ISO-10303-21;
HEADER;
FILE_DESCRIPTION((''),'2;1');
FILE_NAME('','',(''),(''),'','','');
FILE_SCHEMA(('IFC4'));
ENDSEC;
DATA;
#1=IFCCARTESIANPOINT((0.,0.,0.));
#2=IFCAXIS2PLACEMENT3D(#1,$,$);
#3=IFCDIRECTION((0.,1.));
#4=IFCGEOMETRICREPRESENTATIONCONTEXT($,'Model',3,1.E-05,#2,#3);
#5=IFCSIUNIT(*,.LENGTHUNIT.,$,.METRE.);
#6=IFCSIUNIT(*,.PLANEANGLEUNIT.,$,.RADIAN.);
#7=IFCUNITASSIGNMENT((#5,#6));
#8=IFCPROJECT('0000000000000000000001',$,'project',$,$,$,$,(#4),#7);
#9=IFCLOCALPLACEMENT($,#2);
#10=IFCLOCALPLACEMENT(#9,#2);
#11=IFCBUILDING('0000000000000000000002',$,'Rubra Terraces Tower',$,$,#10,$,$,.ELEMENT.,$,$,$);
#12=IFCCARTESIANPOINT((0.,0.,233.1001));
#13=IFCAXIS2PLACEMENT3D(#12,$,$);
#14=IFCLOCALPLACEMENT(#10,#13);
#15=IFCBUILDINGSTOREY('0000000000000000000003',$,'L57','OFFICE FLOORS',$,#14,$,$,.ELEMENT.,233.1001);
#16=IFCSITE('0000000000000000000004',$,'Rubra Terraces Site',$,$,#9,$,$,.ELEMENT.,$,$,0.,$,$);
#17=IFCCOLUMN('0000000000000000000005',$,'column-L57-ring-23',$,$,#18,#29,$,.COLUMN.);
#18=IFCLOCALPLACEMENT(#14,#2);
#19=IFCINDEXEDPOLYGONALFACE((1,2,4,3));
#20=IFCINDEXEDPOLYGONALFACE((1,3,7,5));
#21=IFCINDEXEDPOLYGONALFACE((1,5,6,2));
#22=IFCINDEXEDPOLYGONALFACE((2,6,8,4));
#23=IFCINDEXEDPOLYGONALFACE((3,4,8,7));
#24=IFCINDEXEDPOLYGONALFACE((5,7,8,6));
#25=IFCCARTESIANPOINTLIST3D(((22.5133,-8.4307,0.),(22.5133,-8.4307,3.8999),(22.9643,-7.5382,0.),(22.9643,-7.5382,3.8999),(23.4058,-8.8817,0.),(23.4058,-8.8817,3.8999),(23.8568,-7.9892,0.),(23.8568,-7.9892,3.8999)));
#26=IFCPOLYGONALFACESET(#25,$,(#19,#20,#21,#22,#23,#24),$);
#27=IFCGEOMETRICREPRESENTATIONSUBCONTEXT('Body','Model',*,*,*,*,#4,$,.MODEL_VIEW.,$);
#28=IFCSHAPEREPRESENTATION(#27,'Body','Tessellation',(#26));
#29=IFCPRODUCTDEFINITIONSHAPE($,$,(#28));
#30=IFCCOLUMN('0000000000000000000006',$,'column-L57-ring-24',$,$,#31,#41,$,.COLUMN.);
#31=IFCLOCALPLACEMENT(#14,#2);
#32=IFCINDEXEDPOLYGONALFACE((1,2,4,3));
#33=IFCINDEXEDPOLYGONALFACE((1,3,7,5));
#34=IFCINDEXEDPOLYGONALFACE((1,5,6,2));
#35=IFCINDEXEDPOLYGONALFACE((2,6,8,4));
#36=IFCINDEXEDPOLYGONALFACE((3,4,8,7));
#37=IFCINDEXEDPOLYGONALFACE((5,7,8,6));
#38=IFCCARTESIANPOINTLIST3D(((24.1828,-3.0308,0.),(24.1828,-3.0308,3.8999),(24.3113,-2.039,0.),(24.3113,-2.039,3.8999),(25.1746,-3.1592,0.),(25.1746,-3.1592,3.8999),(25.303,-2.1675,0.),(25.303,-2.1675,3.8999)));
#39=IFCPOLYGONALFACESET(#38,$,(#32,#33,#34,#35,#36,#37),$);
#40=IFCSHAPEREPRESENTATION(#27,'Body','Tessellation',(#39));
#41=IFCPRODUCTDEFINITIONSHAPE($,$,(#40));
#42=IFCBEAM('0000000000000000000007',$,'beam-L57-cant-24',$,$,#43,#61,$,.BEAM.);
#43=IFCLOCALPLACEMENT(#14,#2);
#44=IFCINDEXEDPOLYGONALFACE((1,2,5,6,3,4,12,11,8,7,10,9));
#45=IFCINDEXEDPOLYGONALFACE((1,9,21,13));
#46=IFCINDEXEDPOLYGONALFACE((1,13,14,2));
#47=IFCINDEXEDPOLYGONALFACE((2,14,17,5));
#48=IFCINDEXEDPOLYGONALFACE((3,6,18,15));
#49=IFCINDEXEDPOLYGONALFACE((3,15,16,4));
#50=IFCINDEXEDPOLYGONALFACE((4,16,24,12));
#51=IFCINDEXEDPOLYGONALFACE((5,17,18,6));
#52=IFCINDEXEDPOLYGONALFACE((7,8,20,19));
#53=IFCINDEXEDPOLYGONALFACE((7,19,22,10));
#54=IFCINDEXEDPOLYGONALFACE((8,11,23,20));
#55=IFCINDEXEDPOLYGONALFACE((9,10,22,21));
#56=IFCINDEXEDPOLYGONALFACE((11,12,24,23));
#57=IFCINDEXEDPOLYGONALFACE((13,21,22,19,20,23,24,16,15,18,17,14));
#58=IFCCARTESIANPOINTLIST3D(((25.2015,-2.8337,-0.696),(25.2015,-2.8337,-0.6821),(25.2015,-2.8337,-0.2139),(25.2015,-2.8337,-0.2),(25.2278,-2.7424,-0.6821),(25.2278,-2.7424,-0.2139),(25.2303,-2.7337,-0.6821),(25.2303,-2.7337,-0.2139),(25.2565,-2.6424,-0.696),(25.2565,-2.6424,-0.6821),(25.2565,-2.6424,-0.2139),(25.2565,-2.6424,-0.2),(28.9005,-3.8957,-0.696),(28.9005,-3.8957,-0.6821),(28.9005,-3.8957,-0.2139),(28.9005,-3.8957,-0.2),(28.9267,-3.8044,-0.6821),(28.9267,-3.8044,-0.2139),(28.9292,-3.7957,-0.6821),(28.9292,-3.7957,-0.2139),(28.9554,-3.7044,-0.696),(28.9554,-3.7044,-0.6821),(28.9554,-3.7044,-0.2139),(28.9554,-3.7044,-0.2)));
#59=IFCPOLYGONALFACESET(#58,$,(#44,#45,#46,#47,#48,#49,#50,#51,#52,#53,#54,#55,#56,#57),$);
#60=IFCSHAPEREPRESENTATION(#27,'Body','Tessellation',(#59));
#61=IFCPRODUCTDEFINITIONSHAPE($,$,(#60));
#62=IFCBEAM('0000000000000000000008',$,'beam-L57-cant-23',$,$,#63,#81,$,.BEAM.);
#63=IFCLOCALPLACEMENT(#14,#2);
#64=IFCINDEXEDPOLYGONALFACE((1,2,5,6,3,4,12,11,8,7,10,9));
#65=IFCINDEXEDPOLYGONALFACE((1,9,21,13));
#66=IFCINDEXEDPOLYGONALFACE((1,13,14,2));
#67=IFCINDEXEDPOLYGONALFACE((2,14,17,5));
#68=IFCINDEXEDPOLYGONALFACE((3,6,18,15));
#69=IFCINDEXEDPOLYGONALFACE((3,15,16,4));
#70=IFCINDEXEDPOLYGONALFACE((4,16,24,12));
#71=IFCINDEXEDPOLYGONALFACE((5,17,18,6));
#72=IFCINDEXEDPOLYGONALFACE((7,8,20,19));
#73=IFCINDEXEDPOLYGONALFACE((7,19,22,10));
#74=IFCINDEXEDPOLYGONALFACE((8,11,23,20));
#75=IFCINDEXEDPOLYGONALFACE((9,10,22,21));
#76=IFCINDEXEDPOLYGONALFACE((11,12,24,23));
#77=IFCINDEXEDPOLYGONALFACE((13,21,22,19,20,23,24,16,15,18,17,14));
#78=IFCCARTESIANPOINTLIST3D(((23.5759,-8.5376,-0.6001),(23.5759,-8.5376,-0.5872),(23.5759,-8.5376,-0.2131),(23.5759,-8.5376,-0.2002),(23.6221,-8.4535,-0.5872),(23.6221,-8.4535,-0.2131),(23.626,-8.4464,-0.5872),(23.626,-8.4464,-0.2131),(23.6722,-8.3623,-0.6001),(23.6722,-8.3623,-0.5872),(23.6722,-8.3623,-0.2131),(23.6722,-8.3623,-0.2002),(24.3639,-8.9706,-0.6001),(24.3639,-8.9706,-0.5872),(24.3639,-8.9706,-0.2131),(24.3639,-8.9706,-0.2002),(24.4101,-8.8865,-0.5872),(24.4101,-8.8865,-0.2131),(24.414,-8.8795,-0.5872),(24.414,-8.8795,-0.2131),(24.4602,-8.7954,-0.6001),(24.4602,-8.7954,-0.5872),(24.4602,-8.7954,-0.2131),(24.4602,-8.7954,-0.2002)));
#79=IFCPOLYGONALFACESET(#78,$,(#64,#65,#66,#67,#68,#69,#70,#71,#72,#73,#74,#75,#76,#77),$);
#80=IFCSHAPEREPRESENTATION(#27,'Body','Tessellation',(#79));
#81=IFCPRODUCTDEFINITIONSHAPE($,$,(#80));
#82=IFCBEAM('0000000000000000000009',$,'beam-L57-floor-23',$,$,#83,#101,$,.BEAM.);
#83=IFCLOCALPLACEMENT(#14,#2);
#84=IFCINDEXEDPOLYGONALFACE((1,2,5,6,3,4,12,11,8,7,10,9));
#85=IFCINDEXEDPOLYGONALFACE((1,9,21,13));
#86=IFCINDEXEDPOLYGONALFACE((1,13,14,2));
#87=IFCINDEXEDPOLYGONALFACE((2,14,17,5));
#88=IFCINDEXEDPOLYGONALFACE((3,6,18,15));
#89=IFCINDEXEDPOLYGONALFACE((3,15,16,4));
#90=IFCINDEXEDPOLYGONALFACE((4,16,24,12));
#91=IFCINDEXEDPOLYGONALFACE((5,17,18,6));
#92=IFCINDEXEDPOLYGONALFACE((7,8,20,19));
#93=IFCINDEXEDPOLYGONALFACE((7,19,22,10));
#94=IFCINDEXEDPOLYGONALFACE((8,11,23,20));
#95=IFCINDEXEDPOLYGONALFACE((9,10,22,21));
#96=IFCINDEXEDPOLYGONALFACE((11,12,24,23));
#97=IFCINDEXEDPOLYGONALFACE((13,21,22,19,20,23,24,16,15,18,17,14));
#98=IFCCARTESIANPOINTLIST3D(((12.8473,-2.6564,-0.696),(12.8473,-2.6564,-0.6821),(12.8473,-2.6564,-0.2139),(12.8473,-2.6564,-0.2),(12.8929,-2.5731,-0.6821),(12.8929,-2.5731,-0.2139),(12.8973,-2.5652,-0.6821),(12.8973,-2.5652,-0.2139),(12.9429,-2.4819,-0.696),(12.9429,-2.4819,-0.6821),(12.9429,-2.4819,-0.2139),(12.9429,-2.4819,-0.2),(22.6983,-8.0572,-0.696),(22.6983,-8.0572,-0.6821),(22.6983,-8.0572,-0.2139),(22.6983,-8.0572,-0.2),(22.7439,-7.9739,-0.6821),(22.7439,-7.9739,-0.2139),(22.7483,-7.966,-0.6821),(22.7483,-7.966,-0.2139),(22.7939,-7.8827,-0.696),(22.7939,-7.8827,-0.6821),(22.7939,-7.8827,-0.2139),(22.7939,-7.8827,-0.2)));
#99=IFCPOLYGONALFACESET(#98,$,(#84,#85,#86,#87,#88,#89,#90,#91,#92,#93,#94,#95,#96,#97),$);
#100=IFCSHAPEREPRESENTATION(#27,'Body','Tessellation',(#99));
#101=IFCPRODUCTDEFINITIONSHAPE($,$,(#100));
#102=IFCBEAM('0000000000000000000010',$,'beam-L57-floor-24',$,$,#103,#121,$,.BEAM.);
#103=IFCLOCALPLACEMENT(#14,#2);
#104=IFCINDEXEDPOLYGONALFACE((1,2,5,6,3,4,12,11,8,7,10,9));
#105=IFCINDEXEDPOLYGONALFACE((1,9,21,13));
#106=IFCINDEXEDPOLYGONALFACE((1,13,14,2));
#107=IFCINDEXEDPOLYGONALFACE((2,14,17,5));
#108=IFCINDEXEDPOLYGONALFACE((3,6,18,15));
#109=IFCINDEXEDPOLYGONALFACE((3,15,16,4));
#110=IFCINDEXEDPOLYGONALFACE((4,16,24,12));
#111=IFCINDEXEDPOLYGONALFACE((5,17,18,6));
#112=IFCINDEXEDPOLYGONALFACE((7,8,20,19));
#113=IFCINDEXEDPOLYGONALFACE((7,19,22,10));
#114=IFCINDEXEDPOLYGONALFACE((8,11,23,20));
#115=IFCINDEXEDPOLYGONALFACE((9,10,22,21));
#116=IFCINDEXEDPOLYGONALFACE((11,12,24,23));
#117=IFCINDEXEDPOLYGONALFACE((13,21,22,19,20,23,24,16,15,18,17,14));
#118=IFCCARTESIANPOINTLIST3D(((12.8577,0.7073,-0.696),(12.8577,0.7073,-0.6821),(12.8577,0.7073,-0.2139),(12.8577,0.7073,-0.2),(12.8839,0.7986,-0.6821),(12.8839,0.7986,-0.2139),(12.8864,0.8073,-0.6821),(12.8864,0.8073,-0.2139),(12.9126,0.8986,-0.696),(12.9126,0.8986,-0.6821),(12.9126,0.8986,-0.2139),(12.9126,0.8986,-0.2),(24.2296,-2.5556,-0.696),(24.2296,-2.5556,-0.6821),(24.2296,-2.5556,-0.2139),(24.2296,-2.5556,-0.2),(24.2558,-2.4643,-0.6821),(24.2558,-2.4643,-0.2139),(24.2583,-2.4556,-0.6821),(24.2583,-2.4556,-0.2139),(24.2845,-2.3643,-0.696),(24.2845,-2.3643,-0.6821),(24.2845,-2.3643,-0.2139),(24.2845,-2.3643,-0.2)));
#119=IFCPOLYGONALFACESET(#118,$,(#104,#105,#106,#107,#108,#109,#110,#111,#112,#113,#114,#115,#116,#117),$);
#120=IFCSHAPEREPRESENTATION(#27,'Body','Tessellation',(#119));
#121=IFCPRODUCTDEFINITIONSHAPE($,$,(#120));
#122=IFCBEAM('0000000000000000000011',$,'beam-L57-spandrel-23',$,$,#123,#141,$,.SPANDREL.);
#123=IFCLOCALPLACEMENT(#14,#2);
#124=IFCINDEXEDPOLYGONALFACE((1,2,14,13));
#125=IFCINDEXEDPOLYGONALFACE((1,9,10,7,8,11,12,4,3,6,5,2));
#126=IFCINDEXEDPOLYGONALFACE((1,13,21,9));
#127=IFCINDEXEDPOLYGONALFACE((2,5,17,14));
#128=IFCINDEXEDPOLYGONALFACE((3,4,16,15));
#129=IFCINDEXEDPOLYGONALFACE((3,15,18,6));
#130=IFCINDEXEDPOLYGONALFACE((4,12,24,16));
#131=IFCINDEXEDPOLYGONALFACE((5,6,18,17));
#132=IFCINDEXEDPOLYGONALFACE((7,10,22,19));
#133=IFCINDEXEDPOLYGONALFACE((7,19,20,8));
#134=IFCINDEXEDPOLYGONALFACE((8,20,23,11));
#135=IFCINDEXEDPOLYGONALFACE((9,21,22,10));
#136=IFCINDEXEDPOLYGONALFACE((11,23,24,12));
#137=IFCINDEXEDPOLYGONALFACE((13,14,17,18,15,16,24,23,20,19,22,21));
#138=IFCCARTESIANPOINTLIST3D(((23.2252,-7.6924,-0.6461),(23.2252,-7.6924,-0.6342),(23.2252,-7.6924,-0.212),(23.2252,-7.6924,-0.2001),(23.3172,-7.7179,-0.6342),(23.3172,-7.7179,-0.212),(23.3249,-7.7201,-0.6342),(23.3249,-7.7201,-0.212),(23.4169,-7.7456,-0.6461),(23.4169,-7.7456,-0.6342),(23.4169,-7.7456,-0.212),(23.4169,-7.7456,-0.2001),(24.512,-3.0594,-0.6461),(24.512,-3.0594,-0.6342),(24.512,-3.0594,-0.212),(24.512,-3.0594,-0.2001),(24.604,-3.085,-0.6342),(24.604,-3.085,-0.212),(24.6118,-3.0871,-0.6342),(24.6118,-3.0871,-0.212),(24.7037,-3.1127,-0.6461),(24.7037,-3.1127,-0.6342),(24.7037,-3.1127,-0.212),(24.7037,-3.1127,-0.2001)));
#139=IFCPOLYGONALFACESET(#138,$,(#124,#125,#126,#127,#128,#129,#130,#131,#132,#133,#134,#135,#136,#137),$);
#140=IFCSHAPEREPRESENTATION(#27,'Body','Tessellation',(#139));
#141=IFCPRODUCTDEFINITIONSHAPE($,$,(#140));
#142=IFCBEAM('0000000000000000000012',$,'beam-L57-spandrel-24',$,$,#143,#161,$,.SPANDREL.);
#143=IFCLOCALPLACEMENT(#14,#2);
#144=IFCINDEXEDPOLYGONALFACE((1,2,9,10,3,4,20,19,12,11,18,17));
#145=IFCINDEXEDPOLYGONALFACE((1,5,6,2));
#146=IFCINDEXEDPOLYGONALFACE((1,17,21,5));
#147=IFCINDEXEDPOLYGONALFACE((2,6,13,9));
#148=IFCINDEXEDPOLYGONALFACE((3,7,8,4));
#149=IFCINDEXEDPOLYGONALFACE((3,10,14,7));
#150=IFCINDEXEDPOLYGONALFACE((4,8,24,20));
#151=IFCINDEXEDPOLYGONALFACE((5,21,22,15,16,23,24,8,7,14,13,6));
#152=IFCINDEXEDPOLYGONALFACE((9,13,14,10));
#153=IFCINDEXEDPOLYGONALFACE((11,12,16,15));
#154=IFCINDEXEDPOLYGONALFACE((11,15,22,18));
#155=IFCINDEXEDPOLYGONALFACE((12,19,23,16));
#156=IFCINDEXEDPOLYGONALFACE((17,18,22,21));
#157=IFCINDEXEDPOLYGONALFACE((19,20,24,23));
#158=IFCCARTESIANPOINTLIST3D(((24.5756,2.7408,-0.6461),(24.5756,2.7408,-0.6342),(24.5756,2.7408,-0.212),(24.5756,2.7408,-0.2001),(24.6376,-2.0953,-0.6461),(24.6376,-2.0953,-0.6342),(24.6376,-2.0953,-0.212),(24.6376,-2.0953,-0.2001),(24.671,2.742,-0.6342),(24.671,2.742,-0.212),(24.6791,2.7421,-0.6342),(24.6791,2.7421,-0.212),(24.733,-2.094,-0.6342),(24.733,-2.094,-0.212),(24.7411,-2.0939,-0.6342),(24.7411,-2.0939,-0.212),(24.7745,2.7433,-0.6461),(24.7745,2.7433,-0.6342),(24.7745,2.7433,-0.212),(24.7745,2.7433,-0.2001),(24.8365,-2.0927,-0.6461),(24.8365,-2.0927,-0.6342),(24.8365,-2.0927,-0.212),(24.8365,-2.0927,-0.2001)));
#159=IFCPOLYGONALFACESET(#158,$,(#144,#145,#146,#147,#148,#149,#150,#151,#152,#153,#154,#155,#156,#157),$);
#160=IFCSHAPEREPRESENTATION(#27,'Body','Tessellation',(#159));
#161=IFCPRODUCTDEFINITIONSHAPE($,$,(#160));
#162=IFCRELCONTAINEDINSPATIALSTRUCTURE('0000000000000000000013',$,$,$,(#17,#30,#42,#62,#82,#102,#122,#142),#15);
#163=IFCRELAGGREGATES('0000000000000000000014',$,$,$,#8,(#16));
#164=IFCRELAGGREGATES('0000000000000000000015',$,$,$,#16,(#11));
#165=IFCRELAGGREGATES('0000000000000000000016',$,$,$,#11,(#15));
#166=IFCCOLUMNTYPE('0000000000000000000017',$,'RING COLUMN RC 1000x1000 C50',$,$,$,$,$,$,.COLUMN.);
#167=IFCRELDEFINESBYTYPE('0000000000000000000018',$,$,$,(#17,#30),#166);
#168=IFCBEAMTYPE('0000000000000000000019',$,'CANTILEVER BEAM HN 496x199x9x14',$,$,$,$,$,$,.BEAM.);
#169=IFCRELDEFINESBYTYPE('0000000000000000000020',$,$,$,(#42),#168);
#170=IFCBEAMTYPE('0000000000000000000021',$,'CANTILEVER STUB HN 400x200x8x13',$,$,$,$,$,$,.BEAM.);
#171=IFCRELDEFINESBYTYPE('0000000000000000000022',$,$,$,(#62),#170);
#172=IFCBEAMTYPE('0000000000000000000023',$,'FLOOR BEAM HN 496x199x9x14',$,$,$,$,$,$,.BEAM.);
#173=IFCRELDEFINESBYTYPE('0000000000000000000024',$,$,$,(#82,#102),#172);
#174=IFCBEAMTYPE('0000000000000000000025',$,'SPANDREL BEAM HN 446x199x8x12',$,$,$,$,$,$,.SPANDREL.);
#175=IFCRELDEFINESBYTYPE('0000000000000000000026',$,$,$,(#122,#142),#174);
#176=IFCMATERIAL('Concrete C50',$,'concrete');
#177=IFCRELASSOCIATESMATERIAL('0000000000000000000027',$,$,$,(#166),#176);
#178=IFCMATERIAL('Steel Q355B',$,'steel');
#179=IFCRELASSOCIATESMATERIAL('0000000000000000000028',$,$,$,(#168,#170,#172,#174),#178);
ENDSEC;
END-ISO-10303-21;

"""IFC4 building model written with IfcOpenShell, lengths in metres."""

from ifc_helpers import new_model, si_unit, direction, frame, origin, origin_2d, place, context, subcontext, project, spatial, rectangle, i_section, extrude, material, material_profile, profile_set, type_object, element, save


model = new_model("IFC4")

# Units and contexts
model_context = context("Model", 3, precision=1e-05, world=origin(), true_north=direction((0.0, 1.0)))
body_context = subcontext(model_context, "Body", "Model", "MODEL_VIEW")
ifc_project = project(units=[si_unit("LENGTHUNIT", "METRE"), si_unit("PLANEANGLEUNIT", "RADIAN")], contexts=[model_context])

# Site, building, storey
site_placement = place(None, origin())
site = spatial("IfcSite", under=ifc_project, at=site_placement, Name="Rubra Terraces Site", CompositionType="ELEMENT", RefElevation=0.0)
building_placement = place(site_placement, origin())
building = spatial("IfcBuilding", under=site, at=building_placement, Name="Rubra Terraces Tower", CompositionType="ELEMENT")
storey_placement = place(building_placement, frame((0.0, 0.0, 233.1001)))
storey = spatial("IfcBuildingStorey", under=building, at=storey_placement, Name="L57", Description="OFFICE FLOORS", CompositionType="ELEMENT", Elevation=233.1001)

# Columns
ifc_material_1 = material(Name="Concrete C50", Category="concrete")
ifc_material_profile_1 = material_profile(ifc_material_1, rectangle(XDim=1.0, YDim=1.0, at=origin_2d()), Name="RC 1000x1000")
ifc_profile_set_1 = profile_set([ifc_material_profile_1], Name="Concrete C50")
column_type = type_object("IfcColumnType", Name="RING COLUMN RC 1000x1000 C50", PredefinedType="COLUMN", material=ifc_profile_set_1)
for number, where, z_axis, x_axis, name in (
    (1, (23.1851, -8.21, 0.0), (0.0, 0.0, 1.0), (0.451028, 0.89251, 0.0), "column-L57-ring-23"),
    (2, (24.7429, -2.5991, 0.0), (0.0, 0.0, 1.0), (0.128444, 0.991717, 0.0), "column-L57-ring-24"),
):
    element("IfcColumn", number, at=place(storey_placement, frame(where, z_axis=z_axis, x_axis=x_axis)), inside=storey, type_object=column_type, Name=name, PredefinedType="COLUMN", context=body_context, shape_type="SweptSolid", body=[
        extrude(rectangle(XDim=1.0, YDim=1.0, at=origin_2d()), origin(), (0.0, 0.0, 1.0), 3.8999),
    ])

# Beams
ifc_material_2 = material(Name="Steel Q355B", Category="steel")
ifc_material_profile_2 = material_profile(ifc_material_2, i_section(OverallWidth=0.199, OverallDepth=0.4961, WebThickness=0.009, FlangeThickness=0.0139, at=origin_2d()), Name="HN 496x199x9x14")
ifc_profile_set_2 = profile_set([ifc_material_profile_2], Name="Steel Q355B")
beam_type_1 = type_object("IfcBeamType", Name="CANTILEVER BEAM HN 496x199x9x14", PredefinedType="BEAM", material=ifc_profile_set_2)
beam_1_placement = place(storey_placement, frame((25.229, -2.738, -0.448), z_axis=(0.961169, -0.275961, 0.0), x_axis=(0.275961, 0.961169, 0.0)))
element("IfcBeam", 3, at=beam_1_placement, inside=storey, type_object=beam_type_1, Name="beam-L57-cant-24", PredefinedType="BEAM", context=body_context, shape_type="SweptSolid", body=[
    extrude(i_section(OverallWidth=0.199, OverallDepth=0.4961, WebThickness=0.009, FlangeThickness=0.0139, at=origin_2d()), origin(), (0.0, 0.0, 1.0), 3.8484),
])
ifc_material_profile_3 = material_profile(ifc_material_2, i_section(OverallWidth=0.2, OverallDepth=0.3999, WebThickness=0.0081, FlangeThickness=0.0129, at=origin_2d()), Name="HN 400x200x8x13")
ifc_profile_set_3 = profile_set([ifc_material_profile_3], Name="Steel Q355B")
beam_type_2 = type_object("IfcBeamType", Name="CANTILEVER STUB HN 400x200x8x13", PredefinedType="BEAM", material=ifc_profile_set_3)
beam_2_placement = place(storey_placement, frame((23.624, -8.45, -0.4001), z_axis=(0.876376, -0.481627, 0.0), x_axis=(0.481627, 0.876376, 0.0)))
element("IfcBeam", 4, at=beam_2_placement, inside=storey, type_object=beam_type_2, Name="beam-L57-cant-23", PredefinedType="BEAM", context=body_context, shape_type="SweptSolid", body=[
    extrude(i_section(OverallWidth=0.2, OverallDepth=0.3999, WebThickness=0.0081, FlangeThickness=0.0129, at=origin_2d()), origin(), (0.0, 0.0, 1.0), 0.8992),
])
ifc_material_profile_4 = material_profile(ifc_material_2, i_section(OverallWidth=0.199, OverallDepth=0.4961, WebThickness=0.009, FlangeThickness=0.0139, at=origin_2d()), Name="HN 496x199x9x14")
ifc_profile_set_4 = profile_set([ifc_material_profile_4], Name="Steel Q355B")
beam_type_3 = type_object("IfcBeamType", Name="FLOOR BEAM HN 496x199x9x14", PredefinedType="BEAM", material=ifc_profile_set_4)
beam_3_placement = place(storey_placement, frame((22.7461, -7.97, -0.448), z_axis=(-0.876862, 0.480742, 0.0), x_axis=(-0.480742, -0.876862, 0.0)))
element("IfcBeam", 5, at=beam_3_placement, inside=storey, type_object=beam_type_3, Name="beam-L57-floor-23", PredefinedType="BEAM", context=body_context, shape_type="SweptSolid", body=[
    extrude(i_section(OverallWidth=0.199, OverallDepth=0.4961, WebThickness=0.009, FlangeThickness=0.0139, at=origin_2d()), origin(), (0.0, 0.0, 1.0), 11.2344),
])
beam_4_placement = place(storey_placement, frame((24.2571, -2.46, -0.448), z_axis=(-0.961216, 0.275798, 0.0), x_axis=(-0.275798, -0.961216, 0.0)))
element("IfcBeam", 6, at=beam_4_placement, inside=storey, type_object=beam_type_3, Name="beam-L57-floor-24", PredefinedType="BEAM", context=body_context, shape_type="SweptSolid", body=[
    extrude(i_section(OverallWidth=0.199, OverallDepth=0.4961, WebThickness=0.009, FlangeThickness=0.0139, at=origin_2d()), origin(), (0.0, 0.0, 1.0), 11.8308),
])
ifc_material_profile_5 = material_profile(ifc_material_2, i_section(OverallWidth=0.199, OverallDepth=0.446, WebThickness=0.0081, FlangeThickness=0.012, at=origin_2d()), Name="HN 446x199x8x12")
ifc_profile_set_5 = profile_set([ifc_material_profile_5], Name="Steel Q355B")
beam_type_4 = type_object("IfcBeamType", Name="SPANDREL BEAM HN 446x199x8x12", PredefinedType="SPANDREL", material=ifc_profile_set_5)
beam_5_placement = place(storey_placement, frame((23.321, -7.719, -0.4231), z_axis=(0.267626, 0.963523, 0.0), x_axis=(-0.963523, 0.267626, 0.0)))
element("IfcBeam", 7, at=beam_5_placement, inside=storey, type_object=beam_type_4, Name="beam-L57-spandrel-23", PredefinedType="SPANDREL", context=body_context, shape_type="SweptSolid", body=[
    extrude(i_section(OverallWidth=0.199, OverallDepth=0.446, WebThickness=0.0081, FlangeThickness=0.012, at=origin_2d()), origin(), (0.0, 0.0, 1.0), 4.8083),
])
beam_6_placement = place(storey_placement, frame((24.7371, -2.094, -0.4231), z_axis=(-0.012822, 0.999918, 0.0), x_axis=(-0.999918, -0.012822, 0.0)))
element("IfcBeam", 8, at=beam_6_placement, inside=storey, type_object=beam_type_4, Name="beam-L57-spandrel-24", PredefinedType="SPANDREL", context=body_context, shape_type="SweptSolid", body=[
    extrude(i_section(OverallWidth=0.199, OverallDepth=0.446, WebThickness=0.0081, FlangeThickness=0.012, at=origin_2d()), origin(), (0.0, 0.0, 1.0), 4.8364),
])

save(model, "model.ifc")
